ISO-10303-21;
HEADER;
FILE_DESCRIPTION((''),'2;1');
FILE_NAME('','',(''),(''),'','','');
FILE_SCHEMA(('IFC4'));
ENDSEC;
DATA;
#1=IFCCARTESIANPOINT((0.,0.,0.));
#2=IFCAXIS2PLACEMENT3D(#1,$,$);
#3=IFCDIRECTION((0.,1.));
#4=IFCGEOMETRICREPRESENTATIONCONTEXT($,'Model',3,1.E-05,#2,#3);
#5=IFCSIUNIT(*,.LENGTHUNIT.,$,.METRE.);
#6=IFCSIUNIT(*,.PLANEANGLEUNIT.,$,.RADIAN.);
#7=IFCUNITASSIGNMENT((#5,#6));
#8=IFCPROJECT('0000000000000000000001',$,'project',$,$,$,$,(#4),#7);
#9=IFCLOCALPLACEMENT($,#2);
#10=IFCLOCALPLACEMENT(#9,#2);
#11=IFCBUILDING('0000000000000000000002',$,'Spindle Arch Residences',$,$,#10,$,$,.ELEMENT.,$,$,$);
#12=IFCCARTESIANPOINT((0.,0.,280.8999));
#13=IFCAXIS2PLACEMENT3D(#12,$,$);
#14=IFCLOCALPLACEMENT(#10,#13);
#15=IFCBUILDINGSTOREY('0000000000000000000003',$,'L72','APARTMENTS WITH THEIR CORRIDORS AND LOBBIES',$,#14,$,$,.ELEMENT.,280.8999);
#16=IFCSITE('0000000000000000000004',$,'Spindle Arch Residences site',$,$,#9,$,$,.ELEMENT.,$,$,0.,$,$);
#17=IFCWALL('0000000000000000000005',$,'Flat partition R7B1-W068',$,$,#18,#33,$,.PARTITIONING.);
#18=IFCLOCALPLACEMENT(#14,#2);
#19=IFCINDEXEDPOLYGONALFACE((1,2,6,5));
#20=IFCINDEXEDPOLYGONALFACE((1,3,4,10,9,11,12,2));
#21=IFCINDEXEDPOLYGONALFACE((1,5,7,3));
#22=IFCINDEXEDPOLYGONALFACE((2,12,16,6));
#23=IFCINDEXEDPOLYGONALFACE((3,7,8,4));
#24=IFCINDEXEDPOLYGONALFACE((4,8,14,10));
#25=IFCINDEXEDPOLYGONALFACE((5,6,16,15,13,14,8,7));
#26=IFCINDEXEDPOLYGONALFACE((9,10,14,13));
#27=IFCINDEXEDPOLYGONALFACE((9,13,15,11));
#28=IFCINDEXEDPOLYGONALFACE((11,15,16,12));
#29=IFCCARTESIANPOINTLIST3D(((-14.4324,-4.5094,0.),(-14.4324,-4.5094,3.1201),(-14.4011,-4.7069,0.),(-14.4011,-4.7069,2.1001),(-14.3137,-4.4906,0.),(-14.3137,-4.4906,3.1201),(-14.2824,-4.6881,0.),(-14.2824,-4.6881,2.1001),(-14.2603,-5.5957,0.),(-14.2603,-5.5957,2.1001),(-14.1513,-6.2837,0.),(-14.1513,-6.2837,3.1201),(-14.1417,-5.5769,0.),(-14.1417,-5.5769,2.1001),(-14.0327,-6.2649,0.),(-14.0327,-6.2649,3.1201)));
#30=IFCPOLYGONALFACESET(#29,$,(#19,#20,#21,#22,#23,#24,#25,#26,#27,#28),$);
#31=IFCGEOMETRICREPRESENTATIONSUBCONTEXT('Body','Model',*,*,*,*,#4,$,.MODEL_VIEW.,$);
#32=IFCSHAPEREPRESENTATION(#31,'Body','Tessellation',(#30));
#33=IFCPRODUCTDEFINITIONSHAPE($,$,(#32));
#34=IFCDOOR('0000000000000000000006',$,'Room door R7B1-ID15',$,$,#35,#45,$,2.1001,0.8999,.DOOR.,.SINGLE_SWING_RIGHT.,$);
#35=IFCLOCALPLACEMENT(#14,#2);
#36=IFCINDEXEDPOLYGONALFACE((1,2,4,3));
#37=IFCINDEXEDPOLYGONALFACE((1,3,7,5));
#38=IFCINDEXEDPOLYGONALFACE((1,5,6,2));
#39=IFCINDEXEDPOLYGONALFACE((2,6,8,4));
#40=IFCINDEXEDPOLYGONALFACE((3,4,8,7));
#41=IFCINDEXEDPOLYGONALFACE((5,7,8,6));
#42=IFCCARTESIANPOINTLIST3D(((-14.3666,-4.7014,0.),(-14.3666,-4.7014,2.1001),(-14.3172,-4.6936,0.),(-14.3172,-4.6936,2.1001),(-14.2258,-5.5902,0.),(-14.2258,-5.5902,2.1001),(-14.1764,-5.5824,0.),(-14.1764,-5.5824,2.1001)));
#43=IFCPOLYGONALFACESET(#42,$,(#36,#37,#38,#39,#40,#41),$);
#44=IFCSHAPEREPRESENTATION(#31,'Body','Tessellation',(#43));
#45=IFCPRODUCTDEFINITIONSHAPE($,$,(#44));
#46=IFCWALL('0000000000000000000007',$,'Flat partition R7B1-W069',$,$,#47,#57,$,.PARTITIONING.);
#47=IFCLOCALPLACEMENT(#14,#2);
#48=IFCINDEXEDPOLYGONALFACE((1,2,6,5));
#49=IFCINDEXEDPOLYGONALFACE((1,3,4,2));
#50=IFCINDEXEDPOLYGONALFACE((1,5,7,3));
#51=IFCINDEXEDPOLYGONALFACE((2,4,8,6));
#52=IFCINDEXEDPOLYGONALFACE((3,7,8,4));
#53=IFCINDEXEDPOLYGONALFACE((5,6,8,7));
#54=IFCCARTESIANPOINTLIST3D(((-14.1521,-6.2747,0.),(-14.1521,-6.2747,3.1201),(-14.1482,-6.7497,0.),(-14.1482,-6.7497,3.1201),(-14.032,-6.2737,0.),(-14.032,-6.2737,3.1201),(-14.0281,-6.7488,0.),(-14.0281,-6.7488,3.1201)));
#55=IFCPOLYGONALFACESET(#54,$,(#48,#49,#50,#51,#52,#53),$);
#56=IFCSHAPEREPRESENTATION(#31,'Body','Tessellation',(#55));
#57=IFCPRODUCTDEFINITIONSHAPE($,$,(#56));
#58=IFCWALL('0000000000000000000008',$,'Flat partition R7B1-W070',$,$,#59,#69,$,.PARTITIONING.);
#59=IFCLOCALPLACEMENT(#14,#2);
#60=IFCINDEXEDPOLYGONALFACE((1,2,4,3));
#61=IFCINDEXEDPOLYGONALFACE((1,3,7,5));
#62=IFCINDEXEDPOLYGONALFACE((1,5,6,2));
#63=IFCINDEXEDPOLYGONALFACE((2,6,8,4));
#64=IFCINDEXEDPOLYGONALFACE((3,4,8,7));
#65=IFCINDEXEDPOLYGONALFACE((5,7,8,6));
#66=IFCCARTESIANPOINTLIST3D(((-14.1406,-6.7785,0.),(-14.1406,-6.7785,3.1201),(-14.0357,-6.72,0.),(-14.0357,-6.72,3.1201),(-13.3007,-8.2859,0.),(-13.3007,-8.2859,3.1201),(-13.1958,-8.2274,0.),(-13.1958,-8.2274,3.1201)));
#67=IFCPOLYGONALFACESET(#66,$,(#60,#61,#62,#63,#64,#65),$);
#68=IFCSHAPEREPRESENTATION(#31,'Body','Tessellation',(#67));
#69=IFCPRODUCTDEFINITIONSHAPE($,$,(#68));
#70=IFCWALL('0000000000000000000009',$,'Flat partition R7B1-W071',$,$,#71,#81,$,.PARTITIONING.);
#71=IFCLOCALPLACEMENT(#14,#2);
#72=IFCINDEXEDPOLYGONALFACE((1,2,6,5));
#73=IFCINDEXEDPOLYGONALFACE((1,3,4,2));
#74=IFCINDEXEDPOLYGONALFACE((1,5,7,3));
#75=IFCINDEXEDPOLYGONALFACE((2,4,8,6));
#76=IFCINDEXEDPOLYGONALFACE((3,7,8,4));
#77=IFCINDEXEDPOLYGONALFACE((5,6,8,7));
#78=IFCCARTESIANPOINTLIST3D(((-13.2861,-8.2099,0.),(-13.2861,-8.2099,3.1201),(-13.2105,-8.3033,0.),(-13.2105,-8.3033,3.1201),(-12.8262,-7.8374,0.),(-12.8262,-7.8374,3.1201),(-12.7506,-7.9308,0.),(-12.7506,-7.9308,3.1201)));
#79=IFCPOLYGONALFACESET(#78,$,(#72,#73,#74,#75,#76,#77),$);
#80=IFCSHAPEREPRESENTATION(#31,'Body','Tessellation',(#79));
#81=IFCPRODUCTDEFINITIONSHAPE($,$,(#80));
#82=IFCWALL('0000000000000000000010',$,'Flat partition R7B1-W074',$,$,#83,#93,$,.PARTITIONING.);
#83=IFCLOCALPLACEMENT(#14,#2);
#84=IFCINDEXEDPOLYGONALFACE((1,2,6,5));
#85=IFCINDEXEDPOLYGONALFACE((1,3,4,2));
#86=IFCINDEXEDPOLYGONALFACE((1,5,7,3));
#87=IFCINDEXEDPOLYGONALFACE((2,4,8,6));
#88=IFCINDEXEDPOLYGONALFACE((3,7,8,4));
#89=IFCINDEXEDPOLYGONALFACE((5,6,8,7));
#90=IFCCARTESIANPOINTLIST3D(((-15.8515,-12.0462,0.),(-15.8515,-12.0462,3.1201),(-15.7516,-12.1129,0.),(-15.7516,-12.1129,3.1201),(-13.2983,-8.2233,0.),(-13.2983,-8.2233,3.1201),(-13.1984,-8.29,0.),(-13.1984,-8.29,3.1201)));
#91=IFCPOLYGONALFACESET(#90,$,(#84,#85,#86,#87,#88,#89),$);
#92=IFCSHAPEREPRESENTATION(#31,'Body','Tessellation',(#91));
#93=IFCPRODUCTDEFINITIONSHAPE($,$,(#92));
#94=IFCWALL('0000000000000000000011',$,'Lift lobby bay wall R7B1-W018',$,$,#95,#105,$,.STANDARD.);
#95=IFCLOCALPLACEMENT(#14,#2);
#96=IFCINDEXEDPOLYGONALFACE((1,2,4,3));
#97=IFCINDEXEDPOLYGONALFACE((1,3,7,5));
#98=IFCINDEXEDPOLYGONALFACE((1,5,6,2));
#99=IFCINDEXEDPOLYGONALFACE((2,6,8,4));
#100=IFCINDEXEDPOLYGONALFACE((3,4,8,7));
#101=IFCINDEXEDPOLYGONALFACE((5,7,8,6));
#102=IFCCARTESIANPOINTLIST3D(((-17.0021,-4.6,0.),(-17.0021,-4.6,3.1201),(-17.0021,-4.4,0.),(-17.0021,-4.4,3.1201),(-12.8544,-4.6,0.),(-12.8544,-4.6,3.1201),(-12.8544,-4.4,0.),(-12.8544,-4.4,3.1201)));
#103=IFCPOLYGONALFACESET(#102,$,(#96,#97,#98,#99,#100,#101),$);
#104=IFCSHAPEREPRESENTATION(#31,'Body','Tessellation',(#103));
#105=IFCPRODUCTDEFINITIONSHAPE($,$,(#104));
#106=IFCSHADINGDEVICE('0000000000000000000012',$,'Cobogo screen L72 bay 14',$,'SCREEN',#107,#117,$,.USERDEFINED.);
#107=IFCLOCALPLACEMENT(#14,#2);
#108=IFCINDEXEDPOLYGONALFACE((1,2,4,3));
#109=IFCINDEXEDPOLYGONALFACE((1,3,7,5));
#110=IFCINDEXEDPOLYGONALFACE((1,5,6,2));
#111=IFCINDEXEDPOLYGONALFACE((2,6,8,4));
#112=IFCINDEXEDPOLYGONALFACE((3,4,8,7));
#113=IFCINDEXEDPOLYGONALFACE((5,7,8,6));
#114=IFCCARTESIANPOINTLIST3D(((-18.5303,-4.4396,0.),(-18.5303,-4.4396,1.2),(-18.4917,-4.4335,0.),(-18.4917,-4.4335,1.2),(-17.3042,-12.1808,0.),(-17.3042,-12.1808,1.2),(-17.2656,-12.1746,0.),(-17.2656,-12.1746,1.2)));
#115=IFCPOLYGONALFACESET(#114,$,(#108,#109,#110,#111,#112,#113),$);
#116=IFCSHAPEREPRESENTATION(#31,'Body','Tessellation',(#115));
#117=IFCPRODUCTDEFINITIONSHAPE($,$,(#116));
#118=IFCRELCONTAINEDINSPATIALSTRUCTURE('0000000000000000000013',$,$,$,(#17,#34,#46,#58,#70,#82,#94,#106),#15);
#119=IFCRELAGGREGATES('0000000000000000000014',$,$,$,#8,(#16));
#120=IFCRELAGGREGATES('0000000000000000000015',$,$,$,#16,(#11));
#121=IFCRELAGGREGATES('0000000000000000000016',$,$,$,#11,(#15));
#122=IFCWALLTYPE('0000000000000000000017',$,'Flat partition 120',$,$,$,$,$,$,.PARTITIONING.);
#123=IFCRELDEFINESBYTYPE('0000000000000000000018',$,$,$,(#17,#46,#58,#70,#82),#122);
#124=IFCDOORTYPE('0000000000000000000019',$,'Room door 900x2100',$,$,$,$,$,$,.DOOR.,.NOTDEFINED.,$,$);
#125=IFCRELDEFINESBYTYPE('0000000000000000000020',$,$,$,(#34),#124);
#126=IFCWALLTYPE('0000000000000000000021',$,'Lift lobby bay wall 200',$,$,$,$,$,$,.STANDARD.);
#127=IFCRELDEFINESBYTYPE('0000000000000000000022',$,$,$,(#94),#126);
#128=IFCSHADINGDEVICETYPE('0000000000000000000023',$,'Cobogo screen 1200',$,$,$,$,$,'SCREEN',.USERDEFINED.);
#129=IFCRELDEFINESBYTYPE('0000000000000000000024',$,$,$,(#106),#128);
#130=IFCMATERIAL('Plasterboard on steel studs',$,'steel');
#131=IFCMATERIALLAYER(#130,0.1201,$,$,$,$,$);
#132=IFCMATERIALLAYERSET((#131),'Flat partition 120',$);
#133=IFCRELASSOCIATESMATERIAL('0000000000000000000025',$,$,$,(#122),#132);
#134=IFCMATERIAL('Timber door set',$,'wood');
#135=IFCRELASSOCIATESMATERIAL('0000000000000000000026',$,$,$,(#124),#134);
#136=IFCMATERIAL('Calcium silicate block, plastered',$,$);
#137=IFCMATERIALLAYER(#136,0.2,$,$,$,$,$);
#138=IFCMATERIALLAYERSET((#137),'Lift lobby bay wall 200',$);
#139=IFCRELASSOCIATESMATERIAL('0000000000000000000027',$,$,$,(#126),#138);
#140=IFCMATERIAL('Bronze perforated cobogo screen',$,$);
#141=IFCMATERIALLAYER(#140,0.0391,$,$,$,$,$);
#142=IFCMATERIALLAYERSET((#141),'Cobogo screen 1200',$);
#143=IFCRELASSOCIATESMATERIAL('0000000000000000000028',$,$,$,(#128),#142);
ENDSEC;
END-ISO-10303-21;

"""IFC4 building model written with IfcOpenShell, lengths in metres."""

from ifc_helpers import new_model, si_unit, direction, frame, frame_2d, origin, origin_2d, place, context, subcontext, project, spatial, rectangle, extrude, material, layer, layer_set, type_object, element, fill, save


model = new_model("IFC4")

# Units and contexts
model_context = context("Model", 3, precision=1e-05, world=origin(), true_north=direction((0.0, 1.0)))
body_context = subcontext(model_context, "Body", "Model", "MODEL_VIEW")
ifc_project = project(units=[si_unit("LENGTHUNIT", "METRE"), si_unit("PLANEANGLEUNIT", "RADIAN")], contexts=[model_context])

# Site, building, storey
site_placement = place(None, origin())
site = spatial("IfcSite", under=ifc_project, at=site_placement, Name="Spindle Arch Residences site", CompositionType="ELEMENT", RefElevation=0.0)
building_placement = place(site_placement, origin())
building = spatial("IfcBuilding", under=site, at=building_placement, Name="Spindle Arch Residences", CompositionType="ELEMENT")
storey_placement = place(building_placement, frame((0.0, 0.0, 280.8999)))
storey = spatial("IfcBuildingStorey", under=building, at=storey_placement, Name="L72", Description="APARTMENTS WITH THEIR CORRIDORS AND LOBBIES", CompositionType="ELEMENT", Elevation=280.8999)

# Wall, opening, door
ifc_material_1 = material(Name="Plasterboard on steel studs", Category="steel")
ifc_layer_1 = layer(ifc_material_1, 0.1201)
ifc_layer_set_1 = layer_set([ifc_layer_1], Name="Flat partition 120")
wall_type_1 = type_object("IfcWallType", Name="Flat partition 120", PredefinedType="PARTITIONING", material=ifc_layer_set_1)
wall_1_placement = place(storey_placement, frame((-14.373, -4.5, 0.0), z_axis=(0.0, 0.0, 1.0), x_axis=(0.156437, -0.987688, 0.0)))
wall_1 = element("IfcWall", 1, at=wall_1_placement, inside=storey, type_object=wall_type_1, Name="Flat partition R7B1-W068", PredefinedType="PARTITIONING", context=body_context, shape_type="SweptSolid", body=[
    extrude(rectangle(XDim=1.7964, YDim=0.1201, at=frame_2d((0.8982, 0.0))), origin(), (0.0, 0.0, 1.0), 3.1201),
])
opening_1_placement = place(wall_1_placement, frame((0.2, 0.0, 0.0)))
opening_1 = element("IfcOpeningElement", 2, at=opening_1_placement, cuts=wall_1, PredefinedType="OPENING", context=body_context, shape_type="SweptSolid", body=[
    extrude(rectangle(XDim=0.8999, YDim=2.1001, at=frame_2d((0.45, 1.05))), frame((0.0, 0.0701, 0.0), z_axis=(0.0, -1.0, 0.0), x_axis=(1.0, 0.0, 0.0)), (0.0, 0.0, 1.0), 0.1401),
])
ifc_material_2 = material(Name="Timber door set", Category="wood")
door_type_1 = type_object("IfcDoorType", Name="Room door 900x2100", OperationType="NOTDEFINED", PredefinedType="DOOR", material=ifc_material_2)
door_1_placement = place(opening_1_placement, origin())
door_1 = element("IfcDoor", 3, at=door_1_placement, inside=storey, type_object=door_type_1, Name="Room door R7B1-ID15", OperationType="SINGLE_SWING_RIGHT", OverallHeight=2.1001, OverallWidth=0.8999, PredefinedType="DOOR", context=body_context, shape_type="SweptSolid", body=[
    extrude(rectangle(XDim=0.8999, YDim=2.1001, at=frame_2d((0.45, 1.05))), frame((0.0, 0.0249, 0.0), z_axis=(0.0, -1.0, 0.0), x_axis=(1.0, 0.0, 0.0)), (0.0, 0.0, 1.0), 0.05),
])
fill(opening_1, door_1)

# Walls
wall_2_placement = place(storey_placement, frame((-14.092, -6.2742, 0.0), z_axis=(0.0, 0.0, 1.0), x_axis=(0.008222, -0.999966, 0.0)))
element("IfcWall", 4, at=wall_2_placement, inside=storey, type_object=wall_type_1, Name="Flat partition R7B1-W069", PredefinedType="PARTITIONING", context=body_context, shape_type="SweptSolid", body=[
    extrude(rectangle(XDim=0.4751, YDim=0.1201, at=frame_2d((0.2375, 0.0))), origin(), (0.0, 0.0, 1.0), 3.1201),
])
wall_3_placement = place(storey_placement, frame((-14.0881, -6.7493, 0.0), z_axis=(0.0, 0.0, 1.0), x_axis=(0.486724, -0.873556, 0.0)))
element("IfcWall", 5, at=wall_3_placement, inside=storey, type_object=wall_type_1, Name="Flat partition R7B1-W070", PredefinedType="PARTITIONING", context=body_context, shape_type="SweptSolid", body=[
    extrude(rectangle(XDim=1.7256, YDim=0.1201, at=frame_2d((0.8628, 0.0))), origin(), (0.0, 0.0, 1.0), 3.1201),
])
wall_4_placement = place(storey_placement, frame((-13.2483, -8.2566, 0.0), z_axis=(0.0, 0.0, 1.0), x_axis=(0.777072, 0.629412, 0.0)))
element("IfcWall", 6, at=wall_4_placement, inside=storey, type_object=wall_type_1, Name="Flat partition R7B1-W071", PredefinedType="PARTITIONING", context=body_context, shape_type="SweptSolid", body=[
    extrude(rectangle(XDim=0.5918, YDim=0.1201, at=frame_2d((0.2959, 0.0))), origin(), (0.0, 0.0, 1.0), 3.1201),
])
wall_5_placement = place(storey_placement, frame((-15.8015, -12.0796, 0.0), z_axis=(0.0, 0.0, 1.0), x_axis=(0.555386, 0.831592, 0.0)))
element("IfcWall", 7, at=wall_5_placement, inside=storey, type_object=wall_type_1, Name="Flat partition R7B1-W074", PredefinedType="PARTITIONING", context=body_context, shape_type="SweptSolid", body=[
    extrude(rectangle(XDim=4.5972, YDim=0.1201, at=frame_2d((2.2986, 0.0))), origin(), (0.0, 0.0, 1.0), 3.1201),
])

# Wall
ifc_material_3 = material(Name="Calcium silicate block, plastered")
ifc_layer_2 = layer(ifc_material_3, 0.2)
ifc_layer_set_2 = layer_set([ifc_layer_2], Name="Lift lobby bay wall 200")
wall_type_2 = type_object("IfcWallType", Name="Lift lobby bay wall 200", PredefinedType="STANDARD", material=ifc_layer_set_2)
wall_6_placement = place(storey_placement, frame((-17.002, -4.5, 0.0), z_axis=(0.0, 0.0, 1.0), x_axis=(1.0, 0.0, 0.0)))
element("IfcWall", 8, at=wall_6_placement, inside=storey, type_object=wall_type_2, Name="Lift lobby bay wall R7B1-W018", PredefinedType="STANDARD", context=body_context, shape_type="SweptSolid", body=[
    extrude(rectangle(XDim=4.1477, YDim=0.2, at=frame_2d((2.0737, 0.0))), origin(), (0.0, 0.0, 1.0), 3.1201),
])

# Shading device
ifc_material_4 = material(Name="Bronze perforated cobogo screen")
ifc_layer_3 = layer(ifc_material_4, 0.0391)
ifc_layer_set_3 = layer_set([ifc_layer_3], Name="Cobogo screen 1200")
shading_device_type = type_object("IfcShadingDeviceType", Name="Cobogo screen 1200", ElementType="SCREEN", PredefinedType="USERDEFINED", material=ifc_layer_set_3)
shading_device_placement = place(storey_placement, frame((-17.8979, -8.3071, 0.0), z_axis=(0.0, 0.0, 1.0), x_axis=(0.156434, -0.987688, 0.0)))
element("IfcShadingDevice", 9, at=shading_device_placement, inside=storey, type_object=shading_device_type, Name="Cobogo screen L72 bay 14", ObjectType="SCREEN", PredefinedType="USERDEFINED", context=body_context, shape_type="SweptSolid", body=[
    extrude(rectangle(XDim=7.8376, YDim=0.0391, at=origin_2d()), origin(), (0.0, 0.0, 1.0), 1.2),
])

save(model, "model.ifc")
